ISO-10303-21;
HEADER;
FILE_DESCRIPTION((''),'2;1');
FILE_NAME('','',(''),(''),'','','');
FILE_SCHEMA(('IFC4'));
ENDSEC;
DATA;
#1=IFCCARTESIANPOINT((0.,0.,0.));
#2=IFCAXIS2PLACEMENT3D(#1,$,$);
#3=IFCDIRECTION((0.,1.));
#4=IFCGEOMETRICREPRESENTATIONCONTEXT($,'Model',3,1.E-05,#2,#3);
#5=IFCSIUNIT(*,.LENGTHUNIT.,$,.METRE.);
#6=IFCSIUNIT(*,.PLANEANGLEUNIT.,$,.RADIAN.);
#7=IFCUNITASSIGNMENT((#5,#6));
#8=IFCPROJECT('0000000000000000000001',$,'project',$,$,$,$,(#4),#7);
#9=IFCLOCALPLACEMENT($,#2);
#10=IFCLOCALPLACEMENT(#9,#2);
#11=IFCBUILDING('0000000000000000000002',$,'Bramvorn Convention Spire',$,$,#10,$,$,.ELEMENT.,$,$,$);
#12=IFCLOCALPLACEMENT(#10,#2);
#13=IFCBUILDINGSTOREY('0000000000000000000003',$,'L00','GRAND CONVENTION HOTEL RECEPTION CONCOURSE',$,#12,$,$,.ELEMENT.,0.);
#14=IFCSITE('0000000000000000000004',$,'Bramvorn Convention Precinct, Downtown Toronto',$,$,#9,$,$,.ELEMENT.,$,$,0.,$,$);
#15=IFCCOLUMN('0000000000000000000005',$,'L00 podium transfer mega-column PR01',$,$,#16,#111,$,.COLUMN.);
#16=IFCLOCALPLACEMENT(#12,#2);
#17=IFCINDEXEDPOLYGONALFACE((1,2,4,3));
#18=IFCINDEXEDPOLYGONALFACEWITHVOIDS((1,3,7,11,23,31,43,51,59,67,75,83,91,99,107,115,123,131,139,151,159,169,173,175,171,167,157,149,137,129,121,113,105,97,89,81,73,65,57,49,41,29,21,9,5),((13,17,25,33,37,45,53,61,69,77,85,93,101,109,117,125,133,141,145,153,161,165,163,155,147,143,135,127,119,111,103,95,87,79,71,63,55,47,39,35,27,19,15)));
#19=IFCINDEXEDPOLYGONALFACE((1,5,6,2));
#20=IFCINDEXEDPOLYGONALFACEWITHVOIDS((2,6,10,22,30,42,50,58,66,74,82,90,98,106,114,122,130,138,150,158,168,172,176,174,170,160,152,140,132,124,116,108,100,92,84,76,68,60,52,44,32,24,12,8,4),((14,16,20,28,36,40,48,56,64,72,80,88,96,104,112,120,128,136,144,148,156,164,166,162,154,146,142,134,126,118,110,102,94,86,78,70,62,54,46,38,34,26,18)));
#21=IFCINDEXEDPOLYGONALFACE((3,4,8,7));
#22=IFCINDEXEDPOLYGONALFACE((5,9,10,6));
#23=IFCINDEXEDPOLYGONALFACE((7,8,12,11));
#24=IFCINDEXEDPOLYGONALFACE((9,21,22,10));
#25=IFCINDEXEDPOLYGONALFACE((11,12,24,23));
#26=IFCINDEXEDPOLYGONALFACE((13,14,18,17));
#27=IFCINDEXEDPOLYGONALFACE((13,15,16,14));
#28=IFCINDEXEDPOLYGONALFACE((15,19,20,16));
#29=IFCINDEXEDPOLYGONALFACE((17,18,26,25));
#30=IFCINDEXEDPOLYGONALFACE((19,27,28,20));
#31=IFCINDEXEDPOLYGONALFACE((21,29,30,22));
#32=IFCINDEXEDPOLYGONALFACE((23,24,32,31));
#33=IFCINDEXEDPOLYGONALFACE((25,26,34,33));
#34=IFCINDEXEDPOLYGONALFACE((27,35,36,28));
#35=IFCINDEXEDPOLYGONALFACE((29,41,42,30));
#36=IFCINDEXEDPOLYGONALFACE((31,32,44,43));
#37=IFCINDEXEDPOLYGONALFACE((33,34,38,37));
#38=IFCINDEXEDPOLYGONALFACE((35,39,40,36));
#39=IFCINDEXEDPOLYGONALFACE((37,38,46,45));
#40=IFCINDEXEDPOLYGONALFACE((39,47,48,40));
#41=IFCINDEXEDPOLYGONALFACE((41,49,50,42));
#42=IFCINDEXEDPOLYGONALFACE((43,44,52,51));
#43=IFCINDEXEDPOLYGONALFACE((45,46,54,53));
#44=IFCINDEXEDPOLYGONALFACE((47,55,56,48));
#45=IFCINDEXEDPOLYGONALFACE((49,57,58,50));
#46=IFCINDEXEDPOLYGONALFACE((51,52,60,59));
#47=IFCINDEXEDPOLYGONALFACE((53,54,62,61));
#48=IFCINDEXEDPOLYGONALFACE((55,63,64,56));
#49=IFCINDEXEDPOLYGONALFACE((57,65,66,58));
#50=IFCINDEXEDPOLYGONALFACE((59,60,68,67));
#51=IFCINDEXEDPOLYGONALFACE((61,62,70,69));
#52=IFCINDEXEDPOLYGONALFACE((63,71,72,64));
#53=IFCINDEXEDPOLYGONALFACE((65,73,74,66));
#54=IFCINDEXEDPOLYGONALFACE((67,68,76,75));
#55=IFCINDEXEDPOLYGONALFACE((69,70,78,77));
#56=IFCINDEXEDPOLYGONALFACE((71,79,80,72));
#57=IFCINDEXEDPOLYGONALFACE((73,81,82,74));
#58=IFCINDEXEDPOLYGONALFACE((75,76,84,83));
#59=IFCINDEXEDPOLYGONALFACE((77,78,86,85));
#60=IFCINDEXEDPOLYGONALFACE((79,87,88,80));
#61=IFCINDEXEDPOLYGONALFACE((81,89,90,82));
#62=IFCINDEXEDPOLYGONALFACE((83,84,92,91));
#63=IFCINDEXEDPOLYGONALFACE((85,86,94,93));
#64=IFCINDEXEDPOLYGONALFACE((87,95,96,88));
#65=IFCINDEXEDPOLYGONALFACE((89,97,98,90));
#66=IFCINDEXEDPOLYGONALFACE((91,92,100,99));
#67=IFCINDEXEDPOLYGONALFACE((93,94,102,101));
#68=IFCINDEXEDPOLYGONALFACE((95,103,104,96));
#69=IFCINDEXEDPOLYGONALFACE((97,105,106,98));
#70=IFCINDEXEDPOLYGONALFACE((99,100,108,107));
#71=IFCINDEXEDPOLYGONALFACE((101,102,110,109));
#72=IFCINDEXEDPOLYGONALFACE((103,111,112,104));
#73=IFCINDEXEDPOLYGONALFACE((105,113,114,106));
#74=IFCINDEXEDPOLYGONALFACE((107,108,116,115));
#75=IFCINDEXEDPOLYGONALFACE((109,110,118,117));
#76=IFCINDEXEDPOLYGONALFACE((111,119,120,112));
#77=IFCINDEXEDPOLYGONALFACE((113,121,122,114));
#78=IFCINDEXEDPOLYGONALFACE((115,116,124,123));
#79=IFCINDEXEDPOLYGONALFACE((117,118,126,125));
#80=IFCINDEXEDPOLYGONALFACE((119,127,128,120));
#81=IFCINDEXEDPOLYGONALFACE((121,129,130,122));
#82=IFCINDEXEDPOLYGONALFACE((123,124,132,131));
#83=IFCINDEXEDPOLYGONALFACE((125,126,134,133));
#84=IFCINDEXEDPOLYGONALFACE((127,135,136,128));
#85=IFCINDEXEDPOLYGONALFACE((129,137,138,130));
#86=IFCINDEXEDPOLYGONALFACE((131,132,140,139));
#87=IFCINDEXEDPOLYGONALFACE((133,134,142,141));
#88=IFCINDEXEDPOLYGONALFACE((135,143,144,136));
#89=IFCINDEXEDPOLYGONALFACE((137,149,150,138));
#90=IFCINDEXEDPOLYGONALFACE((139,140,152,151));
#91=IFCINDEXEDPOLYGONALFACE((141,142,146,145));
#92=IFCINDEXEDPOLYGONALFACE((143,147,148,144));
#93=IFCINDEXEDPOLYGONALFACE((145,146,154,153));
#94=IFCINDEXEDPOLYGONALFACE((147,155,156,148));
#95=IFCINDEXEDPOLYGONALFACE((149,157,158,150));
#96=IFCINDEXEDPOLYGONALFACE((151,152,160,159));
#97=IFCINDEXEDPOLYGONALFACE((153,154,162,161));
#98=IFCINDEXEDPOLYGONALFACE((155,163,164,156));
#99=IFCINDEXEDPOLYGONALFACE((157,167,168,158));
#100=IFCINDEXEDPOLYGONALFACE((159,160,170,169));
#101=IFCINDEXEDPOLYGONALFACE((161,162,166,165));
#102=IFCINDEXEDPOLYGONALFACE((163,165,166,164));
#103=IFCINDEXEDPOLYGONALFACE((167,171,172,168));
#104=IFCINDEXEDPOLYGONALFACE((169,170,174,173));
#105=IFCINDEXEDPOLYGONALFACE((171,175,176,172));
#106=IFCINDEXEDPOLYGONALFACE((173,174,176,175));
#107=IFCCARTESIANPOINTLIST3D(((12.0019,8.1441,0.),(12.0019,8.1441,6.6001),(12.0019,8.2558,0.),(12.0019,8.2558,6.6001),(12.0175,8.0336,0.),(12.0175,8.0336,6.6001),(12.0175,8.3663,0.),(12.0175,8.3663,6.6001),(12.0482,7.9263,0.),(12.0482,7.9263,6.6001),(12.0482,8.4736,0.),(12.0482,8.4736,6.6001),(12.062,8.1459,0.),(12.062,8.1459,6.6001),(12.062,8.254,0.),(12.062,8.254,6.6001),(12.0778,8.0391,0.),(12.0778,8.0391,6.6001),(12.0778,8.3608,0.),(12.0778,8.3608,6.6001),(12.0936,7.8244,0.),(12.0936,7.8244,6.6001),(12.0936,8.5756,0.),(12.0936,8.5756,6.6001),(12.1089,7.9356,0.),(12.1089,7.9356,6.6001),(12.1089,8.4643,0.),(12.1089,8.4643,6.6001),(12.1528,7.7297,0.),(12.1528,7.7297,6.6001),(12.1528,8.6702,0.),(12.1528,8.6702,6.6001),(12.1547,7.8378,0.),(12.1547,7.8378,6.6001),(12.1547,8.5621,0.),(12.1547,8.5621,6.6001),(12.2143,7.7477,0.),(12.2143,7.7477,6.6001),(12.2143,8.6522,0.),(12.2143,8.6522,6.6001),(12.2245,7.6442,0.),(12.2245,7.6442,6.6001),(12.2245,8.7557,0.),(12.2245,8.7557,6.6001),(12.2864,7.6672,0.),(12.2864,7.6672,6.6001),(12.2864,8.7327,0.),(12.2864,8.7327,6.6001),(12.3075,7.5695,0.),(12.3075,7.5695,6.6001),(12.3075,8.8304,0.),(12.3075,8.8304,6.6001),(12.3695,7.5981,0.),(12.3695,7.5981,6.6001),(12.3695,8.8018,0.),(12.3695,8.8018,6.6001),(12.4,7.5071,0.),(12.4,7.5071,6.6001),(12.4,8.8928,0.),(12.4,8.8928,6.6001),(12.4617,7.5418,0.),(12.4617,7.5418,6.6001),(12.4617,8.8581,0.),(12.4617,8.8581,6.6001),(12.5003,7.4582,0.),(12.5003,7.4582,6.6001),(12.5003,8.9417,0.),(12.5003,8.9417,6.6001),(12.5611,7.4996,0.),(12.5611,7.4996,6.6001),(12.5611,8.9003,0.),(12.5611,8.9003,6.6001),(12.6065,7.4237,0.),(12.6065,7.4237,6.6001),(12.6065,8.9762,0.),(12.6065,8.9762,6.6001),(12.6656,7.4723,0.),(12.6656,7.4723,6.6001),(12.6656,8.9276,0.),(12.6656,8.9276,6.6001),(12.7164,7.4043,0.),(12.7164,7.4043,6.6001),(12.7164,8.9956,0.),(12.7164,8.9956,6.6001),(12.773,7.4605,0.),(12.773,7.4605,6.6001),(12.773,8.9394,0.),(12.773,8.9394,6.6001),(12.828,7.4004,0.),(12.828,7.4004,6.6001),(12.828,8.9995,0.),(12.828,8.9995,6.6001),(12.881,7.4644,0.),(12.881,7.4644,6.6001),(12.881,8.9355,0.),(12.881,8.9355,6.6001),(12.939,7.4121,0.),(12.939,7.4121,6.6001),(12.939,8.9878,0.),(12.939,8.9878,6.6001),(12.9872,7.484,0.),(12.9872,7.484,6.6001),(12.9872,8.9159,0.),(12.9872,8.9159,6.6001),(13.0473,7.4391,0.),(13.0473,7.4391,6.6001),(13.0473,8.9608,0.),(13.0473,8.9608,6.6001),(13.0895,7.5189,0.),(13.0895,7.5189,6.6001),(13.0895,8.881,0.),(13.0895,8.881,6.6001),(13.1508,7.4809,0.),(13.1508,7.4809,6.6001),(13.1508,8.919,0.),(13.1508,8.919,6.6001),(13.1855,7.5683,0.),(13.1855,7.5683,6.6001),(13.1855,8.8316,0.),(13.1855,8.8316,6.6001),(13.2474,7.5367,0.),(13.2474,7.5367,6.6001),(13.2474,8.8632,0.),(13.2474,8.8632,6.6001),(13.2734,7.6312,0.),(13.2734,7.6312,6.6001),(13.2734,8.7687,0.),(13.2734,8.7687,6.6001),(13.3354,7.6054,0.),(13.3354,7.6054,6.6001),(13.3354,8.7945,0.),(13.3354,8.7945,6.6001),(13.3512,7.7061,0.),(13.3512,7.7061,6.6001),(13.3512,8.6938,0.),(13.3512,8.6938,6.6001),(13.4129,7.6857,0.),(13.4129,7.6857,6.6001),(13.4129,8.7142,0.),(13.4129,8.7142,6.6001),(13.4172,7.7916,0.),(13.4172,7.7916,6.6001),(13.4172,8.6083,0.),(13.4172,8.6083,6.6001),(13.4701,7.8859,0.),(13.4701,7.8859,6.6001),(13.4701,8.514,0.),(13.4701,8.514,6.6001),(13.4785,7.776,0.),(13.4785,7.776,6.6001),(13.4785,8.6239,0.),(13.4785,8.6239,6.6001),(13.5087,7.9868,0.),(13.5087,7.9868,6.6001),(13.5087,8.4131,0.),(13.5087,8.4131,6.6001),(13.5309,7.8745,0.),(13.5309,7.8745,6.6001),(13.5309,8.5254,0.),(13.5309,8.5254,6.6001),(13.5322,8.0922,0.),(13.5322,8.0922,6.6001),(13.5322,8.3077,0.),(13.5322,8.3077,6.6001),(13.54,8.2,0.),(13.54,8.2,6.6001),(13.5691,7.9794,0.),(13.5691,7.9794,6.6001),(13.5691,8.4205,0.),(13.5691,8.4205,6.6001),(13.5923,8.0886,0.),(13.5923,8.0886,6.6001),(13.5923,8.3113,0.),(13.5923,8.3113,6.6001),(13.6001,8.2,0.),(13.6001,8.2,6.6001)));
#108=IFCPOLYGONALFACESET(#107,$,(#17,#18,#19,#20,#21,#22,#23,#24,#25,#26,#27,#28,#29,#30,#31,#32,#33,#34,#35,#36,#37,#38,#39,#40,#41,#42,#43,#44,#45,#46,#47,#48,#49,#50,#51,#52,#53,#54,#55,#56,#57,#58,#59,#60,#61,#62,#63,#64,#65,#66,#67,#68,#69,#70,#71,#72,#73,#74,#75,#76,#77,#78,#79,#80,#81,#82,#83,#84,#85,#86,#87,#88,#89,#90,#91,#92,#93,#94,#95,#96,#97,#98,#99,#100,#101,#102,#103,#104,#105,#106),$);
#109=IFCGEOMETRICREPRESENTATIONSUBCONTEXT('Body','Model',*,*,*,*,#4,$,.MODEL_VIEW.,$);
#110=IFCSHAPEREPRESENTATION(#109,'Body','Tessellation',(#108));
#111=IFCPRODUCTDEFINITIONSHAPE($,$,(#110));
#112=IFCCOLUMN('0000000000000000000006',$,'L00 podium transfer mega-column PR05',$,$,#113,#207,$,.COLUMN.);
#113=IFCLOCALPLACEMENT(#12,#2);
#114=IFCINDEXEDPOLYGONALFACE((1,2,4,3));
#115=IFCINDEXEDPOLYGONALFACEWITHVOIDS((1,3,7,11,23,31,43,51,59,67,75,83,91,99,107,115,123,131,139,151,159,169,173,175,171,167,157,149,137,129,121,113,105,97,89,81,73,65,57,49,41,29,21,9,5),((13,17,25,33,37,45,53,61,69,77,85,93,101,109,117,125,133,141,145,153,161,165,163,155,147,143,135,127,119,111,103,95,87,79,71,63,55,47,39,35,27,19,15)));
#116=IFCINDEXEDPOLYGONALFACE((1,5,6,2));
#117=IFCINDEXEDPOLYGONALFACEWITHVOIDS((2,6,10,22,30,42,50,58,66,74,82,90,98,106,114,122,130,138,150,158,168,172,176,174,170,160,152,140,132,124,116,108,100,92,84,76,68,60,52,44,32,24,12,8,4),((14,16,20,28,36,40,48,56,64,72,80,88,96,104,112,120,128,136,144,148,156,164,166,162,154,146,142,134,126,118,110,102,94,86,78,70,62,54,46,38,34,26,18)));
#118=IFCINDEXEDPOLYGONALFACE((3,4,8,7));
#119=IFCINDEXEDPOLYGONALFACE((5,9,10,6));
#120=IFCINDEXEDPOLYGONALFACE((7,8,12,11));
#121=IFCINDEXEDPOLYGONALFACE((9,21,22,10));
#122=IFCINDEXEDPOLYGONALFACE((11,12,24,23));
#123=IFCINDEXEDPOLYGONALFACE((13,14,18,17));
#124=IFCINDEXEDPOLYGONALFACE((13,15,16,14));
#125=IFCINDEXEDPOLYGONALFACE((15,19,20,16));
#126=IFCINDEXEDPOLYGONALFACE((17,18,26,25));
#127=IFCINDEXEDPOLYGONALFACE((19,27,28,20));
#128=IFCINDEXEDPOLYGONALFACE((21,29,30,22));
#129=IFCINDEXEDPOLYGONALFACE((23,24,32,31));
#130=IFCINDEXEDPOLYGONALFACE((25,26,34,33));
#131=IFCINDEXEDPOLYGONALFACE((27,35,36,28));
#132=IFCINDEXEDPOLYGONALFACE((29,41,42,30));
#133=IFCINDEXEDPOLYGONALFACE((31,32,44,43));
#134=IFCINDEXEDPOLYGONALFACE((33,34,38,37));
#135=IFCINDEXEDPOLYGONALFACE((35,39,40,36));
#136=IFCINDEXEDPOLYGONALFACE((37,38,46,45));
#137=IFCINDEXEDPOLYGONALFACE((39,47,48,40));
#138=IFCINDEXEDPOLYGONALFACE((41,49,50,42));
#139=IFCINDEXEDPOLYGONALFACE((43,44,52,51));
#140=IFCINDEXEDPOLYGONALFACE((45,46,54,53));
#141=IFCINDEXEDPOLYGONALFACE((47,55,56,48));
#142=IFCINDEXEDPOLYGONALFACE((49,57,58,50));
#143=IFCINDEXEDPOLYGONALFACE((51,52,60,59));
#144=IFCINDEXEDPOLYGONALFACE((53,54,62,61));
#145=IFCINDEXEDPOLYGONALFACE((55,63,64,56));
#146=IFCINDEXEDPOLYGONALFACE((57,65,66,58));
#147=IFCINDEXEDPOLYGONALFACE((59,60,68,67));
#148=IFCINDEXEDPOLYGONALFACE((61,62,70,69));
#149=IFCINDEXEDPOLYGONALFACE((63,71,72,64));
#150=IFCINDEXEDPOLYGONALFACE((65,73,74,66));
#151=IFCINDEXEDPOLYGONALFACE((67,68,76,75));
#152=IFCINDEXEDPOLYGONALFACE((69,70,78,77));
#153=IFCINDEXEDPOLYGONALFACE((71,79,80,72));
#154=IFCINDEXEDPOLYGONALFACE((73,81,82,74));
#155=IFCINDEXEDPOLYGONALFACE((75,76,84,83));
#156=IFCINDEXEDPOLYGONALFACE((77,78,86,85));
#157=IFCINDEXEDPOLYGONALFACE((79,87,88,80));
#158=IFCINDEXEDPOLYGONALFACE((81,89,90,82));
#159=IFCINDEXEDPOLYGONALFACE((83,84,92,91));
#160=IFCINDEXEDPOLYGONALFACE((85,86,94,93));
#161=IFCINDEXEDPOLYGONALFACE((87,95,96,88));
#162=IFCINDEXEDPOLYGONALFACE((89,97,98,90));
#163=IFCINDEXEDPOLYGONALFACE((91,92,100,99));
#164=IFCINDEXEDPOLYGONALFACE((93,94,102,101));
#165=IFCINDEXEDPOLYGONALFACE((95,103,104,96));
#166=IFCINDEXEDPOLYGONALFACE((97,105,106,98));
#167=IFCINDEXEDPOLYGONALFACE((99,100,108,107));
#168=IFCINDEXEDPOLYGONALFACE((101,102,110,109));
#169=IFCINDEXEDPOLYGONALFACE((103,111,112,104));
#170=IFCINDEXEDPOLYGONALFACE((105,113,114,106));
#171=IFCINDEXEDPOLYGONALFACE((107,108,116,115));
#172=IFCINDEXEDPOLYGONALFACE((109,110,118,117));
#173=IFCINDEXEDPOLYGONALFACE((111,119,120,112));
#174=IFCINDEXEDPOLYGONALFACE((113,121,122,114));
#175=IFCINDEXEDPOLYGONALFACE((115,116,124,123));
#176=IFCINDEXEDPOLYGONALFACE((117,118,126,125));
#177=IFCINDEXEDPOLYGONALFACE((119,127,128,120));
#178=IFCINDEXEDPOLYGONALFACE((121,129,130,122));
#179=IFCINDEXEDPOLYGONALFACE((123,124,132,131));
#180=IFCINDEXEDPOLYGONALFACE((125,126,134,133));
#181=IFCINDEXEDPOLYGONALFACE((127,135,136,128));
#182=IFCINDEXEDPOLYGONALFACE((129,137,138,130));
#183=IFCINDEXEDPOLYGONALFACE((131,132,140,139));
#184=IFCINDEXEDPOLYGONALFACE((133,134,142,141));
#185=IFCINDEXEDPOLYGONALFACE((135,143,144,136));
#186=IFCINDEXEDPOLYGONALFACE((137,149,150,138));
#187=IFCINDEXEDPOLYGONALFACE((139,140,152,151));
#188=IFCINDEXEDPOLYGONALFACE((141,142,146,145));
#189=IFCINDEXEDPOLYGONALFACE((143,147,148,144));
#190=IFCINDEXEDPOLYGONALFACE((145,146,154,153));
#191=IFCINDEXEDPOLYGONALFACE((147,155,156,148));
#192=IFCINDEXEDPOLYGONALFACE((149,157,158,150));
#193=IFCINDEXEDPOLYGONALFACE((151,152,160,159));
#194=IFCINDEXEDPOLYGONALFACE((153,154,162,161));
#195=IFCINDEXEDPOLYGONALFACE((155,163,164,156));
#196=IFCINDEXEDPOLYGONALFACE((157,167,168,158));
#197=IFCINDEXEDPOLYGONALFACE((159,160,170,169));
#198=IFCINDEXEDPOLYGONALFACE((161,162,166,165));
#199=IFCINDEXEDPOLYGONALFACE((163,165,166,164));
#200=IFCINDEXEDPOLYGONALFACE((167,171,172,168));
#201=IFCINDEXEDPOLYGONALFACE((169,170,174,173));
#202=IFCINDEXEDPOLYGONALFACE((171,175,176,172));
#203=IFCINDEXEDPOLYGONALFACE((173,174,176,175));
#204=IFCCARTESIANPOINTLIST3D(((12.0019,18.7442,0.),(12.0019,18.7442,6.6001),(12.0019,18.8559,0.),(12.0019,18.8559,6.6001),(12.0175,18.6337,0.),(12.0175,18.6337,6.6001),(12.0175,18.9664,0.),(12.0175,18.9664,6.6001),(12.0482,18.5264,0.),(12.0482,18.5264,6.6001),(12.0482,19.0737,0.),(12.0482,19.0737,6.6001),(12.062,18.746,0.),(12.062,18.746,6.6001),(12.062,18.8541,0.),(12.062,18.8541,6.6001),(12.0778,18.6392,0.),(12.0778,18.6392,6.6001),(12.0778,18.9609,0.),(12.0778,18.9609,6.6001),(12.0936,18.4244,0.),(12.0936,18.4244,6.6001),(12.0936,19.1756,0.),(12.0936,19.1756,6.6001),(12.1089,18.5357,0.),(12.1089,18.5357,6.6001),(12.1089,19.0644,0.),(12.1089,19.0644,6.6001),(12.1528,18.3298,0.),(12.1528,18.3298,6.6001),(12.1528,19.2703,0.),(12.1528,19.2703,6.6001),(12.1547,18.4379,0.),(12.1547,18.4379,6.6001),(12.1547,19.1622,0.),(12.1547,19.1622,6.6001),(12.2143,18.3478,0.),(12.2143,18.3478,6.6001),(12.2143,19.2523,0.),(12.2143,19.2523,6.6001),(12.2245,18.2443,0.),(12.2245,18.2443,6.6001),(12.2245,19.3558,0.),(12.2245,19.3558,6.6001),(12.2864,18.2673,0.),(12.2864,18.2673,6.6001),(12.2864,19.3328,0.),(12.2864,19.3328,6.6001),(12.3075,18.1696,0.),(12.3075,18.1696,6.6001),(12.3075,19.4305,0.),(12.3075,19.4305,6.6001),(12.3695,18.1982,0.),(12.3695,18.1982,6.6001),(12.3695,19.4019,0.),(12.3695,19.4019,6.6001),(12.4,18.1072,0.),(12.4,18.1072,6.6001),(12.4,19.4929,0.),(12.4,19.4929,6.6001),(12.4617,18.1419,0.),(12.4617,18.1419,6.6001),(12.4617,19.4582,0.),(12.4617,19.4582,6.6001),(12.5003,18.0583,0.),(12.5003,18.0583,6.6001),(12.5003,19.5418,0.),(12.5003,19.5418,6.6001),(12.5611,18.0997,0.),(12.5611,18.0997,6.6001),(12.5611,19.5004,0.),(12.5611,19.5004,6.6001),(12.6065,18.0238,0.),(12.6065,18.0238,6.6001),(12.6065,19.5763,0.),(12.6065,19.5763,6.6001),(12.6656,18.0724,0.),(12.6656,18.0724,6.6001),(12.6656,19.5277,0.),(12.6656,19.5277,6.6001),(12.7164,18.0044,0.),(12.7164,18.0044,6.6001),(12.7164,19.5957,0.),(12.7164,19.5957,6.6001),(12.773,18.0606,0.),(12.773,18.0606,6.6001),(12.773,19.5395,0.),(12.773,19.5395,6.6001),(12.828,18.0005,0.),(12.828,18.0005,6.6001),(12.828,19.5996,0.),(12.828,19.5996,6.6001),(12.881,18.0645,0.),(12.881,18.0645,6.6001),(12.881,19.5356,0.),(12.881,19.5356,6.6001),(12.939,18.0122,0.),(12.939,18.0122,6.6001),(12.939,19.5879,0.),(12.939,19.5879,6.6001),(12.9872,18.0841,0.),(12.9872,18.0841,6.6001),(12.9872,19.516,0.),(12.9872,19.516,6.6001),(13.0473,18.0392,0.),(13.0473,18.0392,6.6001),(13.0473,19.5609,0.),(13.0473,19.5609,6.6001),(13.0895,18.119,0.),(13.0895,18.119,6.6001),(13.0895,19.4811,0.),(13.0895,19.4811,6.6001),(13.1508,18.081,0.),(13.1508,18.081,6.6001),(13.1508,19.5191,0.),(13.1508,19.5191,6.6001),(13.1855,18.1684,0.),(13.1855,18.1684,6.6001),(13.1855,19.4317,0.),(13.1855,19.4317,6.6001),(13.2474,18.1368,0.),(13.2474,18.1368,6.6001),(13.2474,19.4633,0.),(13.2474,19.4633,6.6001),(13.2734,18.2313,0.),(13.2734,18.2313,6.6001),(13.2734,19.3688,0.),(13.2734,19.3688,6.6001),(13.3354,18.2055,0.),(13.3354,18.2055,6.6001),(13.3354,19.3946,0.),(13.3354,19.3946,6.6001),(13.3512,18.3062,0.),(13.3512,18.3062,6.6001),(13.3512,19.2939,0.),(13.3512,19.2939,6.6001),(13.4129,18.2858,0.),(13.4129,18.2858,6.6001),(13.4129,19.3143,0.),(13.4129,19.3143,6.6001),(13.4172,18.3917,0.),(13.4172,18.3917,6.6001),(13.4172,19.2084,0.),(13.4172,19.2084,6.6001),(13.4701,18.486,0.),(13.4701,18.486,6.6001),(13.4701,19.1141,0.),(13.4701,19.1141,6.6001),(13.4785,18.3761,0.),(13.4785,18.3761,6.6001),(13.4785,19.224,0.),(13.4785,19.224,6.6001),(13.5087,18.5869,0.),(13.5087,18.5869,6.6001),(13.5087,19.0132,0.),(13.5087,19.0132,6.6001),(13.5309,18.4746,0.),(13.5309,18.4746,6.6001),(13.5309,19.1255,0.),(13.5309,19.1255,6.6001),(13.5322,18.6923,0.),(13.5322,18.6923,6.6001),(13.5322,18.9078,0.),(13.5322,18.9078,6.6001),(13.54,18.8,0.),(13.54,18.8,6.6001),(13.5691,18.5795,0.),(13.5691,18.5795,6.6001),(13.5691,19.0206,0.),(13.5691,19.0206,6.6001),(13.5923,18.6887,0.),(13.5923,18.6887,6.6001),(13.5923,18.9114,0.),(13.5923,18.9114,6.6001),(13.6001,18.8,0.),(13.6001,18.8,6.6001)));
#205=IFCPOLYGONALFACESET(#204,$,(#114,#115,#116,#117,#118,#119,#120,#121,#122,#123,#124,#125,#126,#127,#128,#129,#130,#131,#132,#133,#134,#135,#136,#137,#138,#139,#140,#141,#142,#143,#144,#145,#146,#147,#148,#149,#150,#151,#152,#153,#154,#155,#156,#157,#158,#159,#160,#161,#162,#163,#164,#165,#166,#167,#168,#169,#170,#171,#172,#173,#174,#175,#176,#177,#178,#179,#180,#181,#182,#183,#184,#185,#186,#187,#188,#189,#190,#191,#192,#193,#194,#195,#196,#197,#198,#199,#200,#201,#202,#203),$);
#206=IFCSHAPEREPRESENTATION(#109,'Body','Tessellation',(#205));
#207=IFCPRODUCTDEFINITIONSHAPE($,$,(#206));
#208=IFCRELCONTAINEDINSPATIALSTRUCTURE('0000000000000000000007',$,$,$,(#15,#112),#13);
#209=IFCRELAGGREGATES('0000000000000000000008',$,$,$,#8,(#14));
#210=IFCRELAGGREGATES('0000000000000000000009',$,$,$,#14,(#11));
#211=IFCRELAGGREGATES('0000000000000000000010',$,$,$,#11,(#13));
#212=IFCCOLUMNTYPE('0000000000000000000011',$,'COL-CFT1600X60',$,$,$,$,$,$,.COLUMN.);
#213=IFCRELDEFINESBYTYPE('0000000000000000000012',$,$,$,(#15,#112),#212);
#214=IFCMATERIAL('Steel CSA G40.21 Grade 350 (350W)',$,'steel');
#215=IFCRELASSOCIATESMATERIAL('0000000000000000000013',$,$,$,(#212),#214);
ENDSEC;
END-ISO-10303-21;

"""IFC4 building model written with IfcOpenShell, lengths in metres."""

from ifc_helpers import new_model, si_unit, direction, frame, origin, origin_2d, place, context, subcontext, project, spatial, hollow_circle, extrude, material, material_profile, profile_set, type_object, element, save


model = new_model("IFC4")

# Units and contexts
model_context = context("Model", 3, precision=1e-05, world=origin(), true_north=direction((0.0, 1.0)))
body_context = subcontext(model_context, "Body", "Model", "MODEL_VIEW")
ifc_project = project(units=[si_unit("LENGTHUNIT", "METRE"), si_unit("PLANEANGLEUNIT", "RADIAN")], contexts=[model_context])

# Site, building, storey
site_placement = place(None, origin())
site = spatial("IfcSite", under=ifc_project, at=site_placement, Name="Bramvorn Convention Precinct, Downtown Toronto", CompositionType="ELEMENT", RefElevation=0.0)
building_placement = place(site_placement, origin())
building = spatial("IfcBuilding", under=site, at=building_placement, Name="Bramvorn Convention Spire", CompositionType="ELEMENT")
storey_placement = place(building_placement, origin())
storey = spatial("IfcBuildingStorey", under=building, at=storey_placement, Name="L00", Description="GRAND CONVENTION HOTEL RECEPTION CONCOURSE", CompositionType="ELEMENT", Elevation=0.0)

# Columns
ifc_material_1 = material(Name="Steel CSA G40.21 Grade 350 (350W)", Category="steel")
ifc_material_profile_1 = material_profile(ifc_material_1, hollow_circle(Radius=0.8, WallThickness=0.0601, at=origin_2d()))
ifc_profile_set_1 = profile_set([ifc_material_profile_1], Name="Steel CSA G40.21 Grade 350 (350W) - CFT1600X60")
column_type_1 = type_object("IfcColumnType", Name="COL-CFT1600X60", PredefinedType="COLUMN", material=ifc_profile_set_1)
for number, where, z_axis, x_axis, name in (
    (1, (12.8, 8.2, 0.0), (0.0, 0.0, 1.0), (1.0, 0.0, 0.0), "L00 podium transfer mega-column PR01"),
    (2, (12.8, 18.8, 0.0), (0.0, 0.0, 1.0), (1.0, 0.0, 0.0), "L00 podium transfer mega-column PR05"),
):
    element("IfcColumn", number, at=place(storey_placement, frame(where, z_axis=z_axis, x_axis=x_axis)), inside=storey, type_object=column_type_1, Name=name, PredefinedType="COLUMN", context=body_context, shape_type="SweptSolid", body=[
        extrude(hollow_circle(Radius=0.8, WallThickness=0.0601, at=origin_2d()), origin(), (0.0, 0.0, 1.0), 6.6001),
    ])

save(model, "model.ifc")
